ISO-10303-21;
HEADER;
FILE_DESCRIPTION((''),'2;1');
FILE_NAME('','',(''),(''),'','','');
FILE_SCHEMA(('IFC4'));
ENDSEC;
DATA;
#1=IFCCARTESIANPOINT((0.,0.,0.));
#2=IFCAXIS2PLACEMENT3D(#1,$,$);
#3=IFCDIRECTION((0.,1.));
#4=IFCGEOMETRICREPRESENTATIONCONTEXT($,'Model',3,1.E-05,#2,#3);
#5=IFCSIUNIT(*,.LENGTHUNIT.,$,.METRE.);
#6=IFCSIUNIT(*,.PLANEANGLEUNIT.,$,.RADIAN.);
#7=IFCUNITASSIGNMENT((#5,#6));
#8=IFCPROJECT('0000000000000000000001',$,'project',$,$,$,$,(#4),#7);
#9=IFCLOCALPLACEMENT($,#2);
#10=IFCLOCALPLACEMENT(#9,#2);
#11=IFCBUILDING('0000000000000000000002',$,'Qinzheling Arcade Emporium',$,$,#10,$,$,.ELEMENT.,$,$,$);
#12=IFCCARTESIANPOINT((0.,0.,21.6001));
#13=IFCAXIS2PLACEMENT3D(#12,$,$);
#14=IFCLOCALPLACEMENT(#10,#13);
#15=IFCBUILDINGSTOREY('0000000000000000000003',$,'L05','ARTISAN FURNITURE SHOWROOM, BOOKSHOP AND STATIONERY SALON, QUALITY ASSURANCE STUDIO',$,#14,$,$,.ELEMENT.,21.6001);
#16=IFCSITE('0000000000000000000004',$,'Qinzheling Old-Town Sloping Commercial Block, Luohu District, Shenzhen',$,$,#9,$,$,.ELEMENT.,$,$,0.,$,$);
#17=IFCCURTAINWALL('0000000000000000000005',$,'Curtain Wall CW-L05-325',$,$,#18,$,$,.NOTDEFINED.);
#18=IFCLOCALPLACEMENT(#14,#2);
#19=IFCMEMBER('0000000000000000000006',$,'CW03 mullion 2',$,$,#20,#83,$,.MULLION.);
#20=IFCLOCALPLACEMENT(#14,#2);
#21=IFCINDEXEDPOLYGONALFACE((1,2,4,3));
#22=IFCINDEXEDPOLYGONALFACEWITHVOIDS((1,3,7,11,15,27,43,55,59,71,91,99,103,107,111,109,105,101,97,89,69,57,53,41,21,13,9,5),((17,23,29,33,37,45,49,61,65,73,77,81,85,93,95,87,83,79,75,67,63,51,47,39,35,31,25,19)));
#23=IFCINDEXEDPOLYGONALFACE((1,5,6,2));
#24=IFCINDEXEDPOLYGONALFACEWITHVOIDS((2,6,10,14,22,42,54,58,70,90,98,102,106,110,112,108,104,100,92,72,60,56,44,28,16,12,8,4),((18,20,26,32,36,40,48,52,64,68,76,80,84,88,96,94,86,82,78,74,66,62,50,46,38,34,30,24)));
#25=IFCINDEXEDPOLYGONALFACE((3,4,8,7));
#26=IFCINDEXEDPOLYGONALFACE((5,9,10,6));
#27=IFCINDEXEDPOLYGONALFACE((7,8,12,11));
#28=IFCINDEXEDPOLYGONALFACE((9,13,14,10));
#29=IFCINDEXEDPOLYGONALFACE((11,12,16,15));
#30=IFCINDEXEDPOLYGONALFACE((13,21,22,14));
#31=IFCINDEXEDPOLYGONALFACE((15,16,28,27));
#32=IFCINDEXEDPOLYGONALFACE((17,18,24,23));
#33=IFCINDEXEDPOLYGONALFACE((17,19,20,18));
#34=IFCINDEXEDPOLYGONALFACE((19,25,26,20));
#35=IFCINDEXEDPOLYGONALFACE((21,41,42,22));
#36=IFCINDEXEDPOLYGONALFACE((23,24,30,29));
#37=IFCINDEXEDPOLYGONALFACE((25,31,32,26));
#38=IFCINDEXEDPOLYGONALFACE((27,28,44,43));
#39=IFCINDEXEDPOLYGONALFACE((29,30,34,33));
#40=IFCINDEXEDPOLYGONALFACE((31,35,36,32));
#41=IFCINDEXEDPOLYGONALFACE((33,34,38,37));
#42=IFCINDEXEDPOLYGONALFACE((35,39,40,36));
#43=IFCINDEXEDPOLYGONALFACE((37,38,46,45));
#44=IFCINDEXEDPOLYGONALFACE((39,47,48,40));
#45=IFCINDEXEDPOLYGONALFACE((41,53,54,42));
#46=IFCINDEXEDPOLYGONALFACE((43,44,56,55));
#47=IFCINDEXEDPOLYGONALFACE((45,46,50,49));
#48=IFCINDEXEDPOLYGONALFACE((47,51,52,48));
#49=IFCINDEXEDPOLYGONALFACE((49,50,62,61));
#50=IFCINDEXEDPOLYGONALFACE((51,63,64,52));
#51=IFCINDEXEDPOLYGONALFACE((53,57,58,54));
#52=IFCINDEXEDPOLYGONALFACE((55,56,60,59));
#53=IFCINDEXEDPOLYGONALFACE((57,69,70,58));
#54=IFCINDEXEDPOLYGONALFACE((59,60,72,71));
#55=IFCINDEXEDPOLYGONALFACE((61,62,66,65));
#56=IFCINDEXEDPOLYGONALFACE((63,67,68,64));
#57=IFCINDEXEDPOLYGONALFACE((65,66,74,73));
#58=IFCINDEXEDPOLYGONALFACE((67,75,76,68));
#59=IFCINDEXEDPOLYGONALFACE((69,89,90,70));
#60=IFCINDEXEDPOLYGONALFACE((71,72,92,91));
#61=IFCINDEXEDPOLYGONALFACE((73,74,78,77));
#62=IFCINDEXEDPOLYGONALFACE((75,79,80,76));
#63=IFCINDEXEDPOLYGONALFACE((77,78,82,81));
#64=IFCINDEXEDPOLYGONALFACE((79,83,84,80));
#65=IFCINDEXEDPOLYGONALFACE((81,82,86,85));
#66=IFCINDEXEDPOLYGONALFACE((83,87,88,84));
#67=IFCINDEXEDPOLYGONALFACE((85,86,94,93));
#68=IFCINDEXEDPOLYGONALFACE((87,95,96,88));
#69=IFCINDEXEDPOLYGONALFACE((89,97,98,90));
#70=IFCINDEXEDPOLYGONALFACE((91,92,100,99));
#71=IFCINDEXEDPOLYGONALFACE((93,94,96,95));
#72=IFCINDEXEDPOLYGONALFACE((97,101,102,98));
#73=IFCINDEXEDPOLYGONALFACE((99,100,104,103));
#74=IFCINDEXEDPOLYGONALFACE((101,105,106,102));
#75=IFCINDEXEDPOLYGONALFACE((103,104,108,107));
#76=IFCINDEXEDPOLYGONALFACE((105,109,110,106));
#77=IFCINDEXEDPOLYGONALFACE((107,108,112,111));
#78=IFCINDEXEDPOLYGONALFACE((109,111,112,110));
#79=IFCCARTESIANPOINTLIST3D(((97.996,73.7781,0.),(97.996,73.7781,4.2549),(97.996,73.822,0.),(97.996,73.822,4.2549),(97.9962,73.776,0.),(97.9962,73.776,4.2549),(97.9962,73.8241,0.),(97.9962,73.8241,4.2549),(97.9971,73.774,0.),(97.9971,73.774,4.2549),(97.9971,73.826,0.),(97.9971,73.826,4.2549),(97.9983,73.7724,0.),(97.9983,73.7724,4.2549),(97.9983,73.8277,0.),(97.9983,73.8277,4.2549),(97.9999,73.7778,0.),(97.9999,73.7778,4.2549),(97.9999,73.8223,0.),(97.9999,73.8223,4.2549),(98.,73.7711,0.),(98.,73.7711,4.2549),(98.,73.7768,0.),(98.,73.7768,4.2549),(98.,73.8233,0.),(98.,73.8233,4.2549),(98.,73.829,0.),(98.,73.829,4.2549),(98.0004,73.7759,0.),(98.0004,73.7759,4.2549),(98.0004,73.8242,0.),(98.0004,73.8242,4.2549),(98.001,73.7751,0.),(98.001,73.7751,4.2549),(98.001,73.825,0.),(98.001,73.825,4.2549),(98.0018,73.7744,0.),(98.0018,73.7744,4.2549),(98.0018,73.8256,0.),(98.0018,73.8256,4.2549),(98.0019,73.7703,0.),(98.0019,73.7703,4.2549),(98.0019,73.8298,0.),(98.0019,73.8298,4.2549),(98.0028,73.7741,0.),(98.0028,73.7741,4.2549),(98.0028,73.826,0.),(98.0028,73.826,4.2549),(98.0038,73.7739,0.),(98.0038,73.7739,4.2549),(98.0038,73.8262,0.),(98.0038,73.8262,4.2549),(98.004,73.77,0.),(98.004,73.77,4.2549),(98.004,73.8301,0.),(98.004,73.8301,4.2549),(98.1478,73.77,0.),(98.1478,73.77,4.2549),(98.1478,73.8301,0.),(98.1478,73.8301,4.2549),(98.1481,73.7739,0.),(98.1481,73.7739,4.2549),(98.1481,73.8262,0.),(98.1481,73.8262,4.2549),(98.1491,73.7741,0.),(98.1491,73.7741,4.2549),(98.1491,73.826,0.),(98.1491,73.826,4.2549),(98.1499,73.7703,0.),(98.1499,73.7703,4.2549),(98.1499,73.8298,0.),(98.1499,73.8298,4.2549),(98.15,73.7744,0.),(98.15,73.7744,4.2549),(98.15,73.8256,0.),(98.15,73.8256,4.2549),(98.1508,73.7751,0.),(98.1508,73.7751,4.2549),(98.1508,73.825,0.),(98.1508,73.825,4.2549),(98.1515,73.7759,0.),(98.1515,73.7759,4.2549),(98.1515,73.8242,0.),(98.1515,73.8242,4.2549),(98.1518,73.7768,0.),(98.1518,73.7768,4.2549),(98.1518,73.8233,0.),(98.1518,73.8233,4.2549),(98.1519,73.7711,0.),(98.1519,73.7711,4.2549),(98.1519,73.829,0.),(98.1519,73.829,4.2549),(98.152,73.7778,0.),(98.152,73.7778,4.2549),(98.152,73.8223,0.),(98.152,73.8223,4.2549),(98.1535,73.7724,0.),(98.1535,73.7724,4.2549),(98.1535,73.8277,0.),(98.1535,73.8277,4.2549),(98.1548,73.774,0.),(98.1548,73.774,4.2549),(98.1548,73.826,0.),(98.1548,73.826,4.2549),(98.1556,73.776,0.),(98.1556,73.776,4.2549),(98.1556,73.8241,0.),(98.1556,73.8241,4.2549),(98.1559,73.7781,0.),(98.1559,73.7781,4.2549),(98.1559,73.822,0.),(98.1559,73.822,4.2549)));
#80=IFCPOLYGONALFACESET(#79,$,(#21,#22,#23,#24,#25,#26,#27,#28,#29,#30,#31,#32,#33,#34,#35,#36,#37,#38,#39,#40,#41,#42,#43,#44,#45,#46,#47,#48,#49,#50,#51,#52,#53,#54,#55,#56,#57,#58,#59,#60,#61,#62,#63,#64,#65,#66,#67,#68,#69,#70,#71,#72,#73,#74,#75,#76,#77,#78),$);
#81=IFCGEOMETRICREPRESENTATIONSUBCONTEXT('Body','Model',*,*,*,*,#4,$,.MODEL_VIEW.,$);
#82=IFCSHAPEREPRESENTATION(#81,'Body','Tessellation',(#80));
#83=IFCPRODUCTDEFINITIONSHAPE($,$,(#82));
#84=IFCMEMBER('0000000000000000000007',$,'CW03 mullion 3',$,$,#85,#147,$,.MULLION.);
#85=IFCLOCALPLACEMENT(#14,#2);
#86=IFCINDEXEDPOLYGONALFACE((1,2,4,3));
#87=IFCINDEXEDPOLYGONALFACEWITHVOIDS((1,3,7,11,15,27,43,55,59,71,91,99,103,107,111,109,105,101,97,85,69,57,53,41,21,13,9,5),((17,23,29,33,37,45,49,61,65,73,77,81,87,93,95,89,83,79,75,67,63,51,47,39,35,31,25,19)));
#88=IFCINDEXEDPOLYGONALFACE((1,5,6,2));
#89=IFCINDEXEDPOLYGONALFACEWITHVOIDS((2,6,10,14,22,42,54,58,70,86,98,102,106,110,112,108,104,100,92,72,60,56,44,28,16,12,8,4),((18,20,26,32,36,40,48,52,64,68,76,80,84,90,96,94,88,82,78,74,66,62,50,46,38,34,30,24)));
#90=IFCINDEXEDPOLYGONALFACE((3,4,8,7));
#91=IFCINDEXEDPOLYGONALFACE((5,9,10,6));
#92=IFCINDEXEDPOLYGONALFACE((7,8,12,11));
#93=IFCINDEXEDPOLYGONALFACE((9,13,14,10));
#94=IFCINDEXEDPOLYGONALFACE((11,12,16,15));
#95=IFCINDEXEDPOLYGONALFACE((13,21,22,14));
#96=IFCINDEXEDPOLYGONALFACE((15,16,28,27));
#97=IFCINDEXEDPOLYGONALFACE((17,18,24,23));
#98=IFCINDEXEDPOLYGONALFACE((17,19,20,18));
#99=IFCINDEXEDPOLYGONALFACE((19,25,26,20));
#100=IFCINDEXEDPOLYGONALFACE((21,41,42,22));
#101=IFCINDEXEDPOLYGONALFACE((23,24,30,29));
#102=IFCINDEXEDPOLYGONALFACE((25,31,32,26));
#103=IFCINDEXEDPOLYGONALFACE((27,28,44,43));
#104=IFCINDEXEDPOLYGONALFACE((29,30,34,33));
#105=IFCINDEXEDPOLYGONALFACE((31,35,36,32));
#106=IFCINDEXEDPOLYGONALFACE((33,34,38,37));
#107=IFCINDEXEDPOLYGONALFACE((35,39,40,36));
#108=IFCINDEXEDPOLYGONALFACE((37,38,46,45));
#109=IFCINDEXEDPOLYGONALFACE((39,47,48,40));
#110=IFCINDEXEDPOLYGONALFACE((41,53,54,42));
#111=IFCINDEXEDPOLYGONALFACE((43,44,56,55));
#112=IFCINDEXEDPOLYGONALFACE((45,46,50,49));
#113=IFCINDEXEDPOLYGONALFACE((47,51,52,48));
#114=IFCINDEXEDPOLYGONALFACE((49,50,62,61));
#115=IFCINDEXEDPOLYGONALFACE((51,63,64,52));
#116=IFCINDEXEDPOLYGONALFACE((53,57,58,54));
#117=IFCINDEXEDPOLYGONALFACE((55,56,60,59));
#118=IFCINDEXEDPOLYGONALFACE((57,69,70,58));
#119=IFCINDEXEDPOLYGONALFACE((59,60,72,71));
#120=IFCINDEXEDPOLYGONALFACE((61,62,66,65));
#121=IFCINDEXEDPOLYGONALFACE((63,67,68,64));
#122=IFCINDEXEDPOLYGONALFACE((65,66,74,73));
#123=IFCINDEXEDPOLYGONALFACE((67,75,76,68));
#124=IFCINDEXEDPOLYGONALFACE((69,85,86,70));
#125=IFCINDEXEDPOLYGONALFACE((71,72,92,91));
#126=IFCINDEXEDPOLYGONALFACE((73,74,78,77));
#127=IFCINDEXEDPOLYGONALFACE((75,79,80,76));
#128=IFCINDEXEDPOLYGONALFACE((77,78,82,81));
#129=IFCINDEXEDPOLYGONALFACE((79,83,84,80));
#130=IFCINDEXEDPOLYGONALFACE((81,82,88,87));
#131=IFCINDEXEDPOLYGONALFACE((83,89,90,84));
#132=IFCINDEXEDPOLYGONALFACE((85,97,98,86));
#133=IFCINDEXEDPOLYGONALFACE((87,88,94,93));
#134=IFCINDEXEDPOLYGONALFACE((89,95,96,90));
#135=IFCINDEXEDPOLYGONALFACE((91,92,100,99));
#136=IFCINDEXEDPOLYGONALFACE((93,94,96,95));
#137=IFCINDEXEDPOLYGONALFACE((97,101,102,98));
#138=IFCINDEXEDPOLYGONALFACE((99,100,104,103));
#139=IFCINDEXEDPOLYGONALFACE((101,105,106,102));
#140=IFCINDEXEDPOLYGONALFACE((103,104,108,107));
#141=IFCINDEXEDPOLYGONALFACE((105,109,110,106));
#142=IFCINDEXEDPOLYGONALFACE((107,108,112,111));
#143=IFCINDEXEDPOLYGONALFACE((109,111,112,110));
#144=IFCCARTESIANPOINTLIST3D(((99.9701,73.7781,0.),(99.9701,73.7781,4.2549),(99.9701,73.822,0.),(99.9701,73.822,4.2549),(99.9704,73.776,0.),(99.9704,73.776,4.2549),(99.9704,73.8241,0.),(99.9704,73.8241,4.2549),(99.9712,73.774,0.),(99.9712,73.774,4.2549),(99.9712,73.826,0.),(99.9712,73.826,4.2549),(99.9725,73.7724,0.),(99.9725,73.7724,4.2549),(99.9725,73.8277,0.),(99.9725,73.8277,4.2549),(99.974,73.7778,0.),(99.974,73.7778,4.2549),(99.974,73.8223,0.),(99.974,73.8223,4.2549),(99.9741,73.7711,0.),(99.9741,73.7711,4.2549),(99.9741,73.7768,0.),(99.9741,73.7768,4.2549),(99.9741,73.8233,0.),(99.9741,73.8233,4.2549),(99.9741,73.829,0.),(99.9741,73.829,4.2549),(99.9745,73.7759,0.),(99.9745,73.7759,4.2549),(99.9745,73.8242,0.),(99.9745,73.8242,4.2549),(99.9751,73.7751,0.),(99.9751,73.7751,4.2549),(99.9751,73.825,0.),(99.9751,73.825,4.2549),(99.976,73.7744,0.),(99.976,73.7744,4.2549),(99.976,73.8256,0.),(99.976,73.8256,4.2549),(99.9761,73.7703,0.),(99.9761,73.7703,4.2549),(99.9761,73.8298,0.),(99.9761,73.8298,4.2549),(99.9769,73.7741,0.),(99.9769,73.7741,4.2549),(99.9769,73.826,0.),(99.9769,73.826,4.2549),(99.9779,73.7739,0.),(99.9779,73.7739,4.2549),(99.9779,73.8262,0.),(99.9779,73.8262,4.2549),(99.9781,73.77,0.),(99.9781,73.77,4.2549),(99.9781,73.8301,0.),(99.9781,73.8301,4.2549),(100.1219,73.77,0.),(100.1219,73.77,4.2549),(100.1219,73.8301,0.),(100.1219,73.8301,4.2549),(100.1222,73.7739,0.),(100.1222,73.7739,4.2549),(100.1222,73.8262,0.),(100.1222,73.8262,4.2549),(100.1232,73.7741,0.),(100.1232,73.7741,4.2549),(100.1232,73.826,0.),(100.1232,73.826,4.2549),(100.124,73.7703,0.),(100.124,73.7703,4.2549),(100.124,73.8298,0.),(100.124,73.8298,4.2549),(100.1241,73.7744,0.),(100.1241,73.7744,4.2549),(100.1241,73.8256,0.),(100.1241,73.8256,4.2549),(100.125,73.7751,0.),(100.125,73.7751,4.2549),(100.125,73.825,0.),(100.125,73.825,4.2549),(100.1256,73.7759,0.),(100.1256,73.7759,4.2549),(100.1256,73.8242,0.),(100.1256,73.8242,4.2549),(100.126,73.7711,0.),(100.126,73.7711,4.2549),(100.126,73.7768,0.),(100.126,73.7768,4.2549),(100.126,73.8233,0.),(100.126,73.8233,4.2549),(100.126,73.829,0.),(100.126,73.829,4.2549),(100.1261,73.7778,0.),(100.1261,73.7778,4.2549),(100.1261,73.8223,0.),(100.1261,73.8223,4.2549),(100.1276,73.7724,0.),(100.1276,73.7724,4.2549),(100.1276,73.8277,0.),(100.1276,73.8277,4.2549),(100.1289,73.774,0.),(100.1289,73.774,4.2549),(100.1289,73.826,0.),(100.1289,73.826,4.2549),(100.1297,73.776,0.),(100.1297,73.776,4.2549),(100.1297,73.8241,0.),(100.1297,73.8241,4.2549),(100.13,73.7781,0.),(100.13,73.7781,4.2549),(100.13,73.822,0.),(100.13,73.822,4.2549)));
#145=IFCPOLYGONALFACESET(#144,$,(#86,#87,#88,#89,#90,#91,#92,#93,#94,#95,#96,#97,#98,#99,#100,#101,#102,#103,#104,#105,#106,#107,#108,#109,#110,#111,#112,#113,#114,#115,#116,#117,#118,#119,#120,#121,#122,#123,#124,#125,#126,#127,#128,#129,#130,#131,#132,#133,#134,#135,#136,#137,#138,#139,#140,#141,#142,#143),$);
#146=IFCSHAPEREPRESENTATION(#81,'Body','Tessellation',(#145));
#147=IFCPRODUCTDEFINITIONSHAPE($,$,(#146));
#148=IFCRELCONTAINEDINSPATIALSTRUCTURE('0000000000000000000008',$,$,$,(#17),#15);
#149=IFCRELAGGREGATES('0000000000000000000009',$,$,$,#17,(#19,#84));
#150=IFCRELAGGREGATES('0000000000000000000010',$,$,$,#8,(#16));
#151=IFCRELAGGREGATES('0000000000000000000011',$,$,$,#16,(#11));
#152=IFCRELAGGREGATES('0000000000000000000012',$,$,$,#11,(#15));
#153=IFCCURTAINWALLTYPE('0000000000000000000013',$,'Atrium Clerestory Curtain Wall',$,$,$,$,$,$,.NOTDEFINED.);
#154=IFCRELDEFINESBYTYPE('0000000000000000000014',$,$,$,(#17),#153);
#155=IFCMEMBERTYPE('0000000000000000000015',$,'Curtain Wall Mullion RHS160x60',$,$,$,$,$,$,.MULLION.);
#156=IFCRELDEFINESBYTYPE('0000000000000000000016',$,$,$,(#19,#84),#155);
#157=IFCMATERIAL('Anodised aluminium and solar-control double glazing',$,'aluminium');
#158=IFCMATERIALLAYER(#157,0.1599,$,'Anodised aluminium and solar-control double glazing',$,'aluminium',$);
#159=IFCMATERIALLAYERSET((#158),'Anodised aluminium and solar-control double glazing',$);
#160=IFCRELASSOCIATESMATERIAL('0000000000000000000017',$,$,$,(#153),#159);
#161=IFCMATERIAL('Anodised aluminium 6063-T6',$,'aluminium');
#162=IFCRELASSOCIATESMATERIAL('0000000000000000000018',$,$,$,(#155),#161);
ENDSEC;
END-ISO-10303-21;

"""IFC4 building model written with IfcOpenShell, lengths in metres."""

from ifc_helpers import new_model, si_unit, direction, frame, origin, origin_2d, place, context, subcontext, project, spatial, hollow_rectangle, extrude, material, layer, layer_set, material_profile, profile_set, type_object, element, aggregate, save


model = new_model("IFC4")

# Units and contexts
model_context = context("Model", 3, precision=1e-05, world=origin(), true_north=direction((0.0, 1.0)))
body_context = subcontext(model_context, "Body", "Model", "MODEL_VIEW")
ifc_project = project(units=[si_unit("LENGTHUNIT", "METRE"), si_unit("PLANEANGLEUNIT", "RADIAN")], contexts=[model_context])

# Site, building, storey
site_placement = place(None, origin())
site = spatial("IfcSite", under=ifc_project, at=site_placement, Name="Qinzheling Old-Town Sloping Commercial Block, Luohu District, Shenzhen", CompositionType="ELEMENT", RefElevation=0.0)
building_placement = place(site_placement, origin())
building = spatial("IfcBuilding", under=site, at=building_placement, Name="Qinzheling Arcade Emporium", CompositionType="ELEMENT")
storey_placement = place(building_placement, frame((0.0, 0.0, 21.6001)))
storey = spatial("IfcBuildingStorey", under=building, at=storey_placement, Name="L05", Description="ARTISAN FURNITURE SHOWROOM, BOOKSHOP AND STATIONERY SALON, QUALITY ASSURANCE STUDIO", CompositionType="ELEMENT", Elevation=21.6001)

# Shared definitions
ifc_material_1 = material(Name="Anodised aluminium and solar-control double glazing", Category="aluminium")
ifc_layer_1 = layer(ifc_material_1, 0.1599, Name="Anodised aluminium and solar-control double glazing", Category="aluminium")
ifc_layer_set_1 = layer_set([ifc_layer_1], Name="Anodised aluminium and solar-control double glazing")
curtain_wall_type = type_object("IfcCurtainWallType", Name="Atrium Clerestory Curtain Wall", PredefinedType="NOTDEFINED", material=ifc_layer_set_1)
ifc_material_2 = material(Name="Anodised aluminium 6063-T6", Category="aluminium")
ifc_material_profile_1 = material_profile(ifc_material_2, hollow_rectangle(XDim=0.0601, YDim=0.1599, WallThickness=0.0039, InnerFilletRadius=0.0039, OuterFilletRadius=0.0081, at=origin_2d()), Name="RHS 160x60x4", Category="aluminium")
ifc_profile_set_1 = profile_set([ifc_material_profile_1], Name="Anodised aluminium 6063-T6")
member_type_1 = type_object("IfcMemberType", Name="Curtain Wall Mullion RHS160x60", PredefinedType="MULLION", material=ifc_profile_set_1)

# Curtain wall, members
curtain_wall_1_placement = place(storey_placement, origin())
curtain_wall_1 = element("IfcCurtainWall", 1, at=curtain_wall_1_placement, inside=storey, type_object=curtain_wall_type, Name="Curtain Wall CW-L05-325", PredefinedType="NOTDEFINED")
member_1_placement = place(storey_placement, frame((98.0759, 73.8, 0.0), z_axis=(0.0, 0.0, 1.0), x_axis=(0.0, 1.0, 0.0)))
member_1 = element("IfcMember", 2, at=member_1_placement, type_object=member_type_1, Name="CW03 mullion 2", PredefinedType="MULLION", context=body_context, shape_type="SweptSolid", body=[
    extrude(hollow_rectangle(XDim=0.0601, YDim=0.1599, WallThickness=0.0039, InnerFilletRadius=0.0039, OuterFilletRadius=0.0081, at=origin_2d()), origin(), (0.0, 0.0, 1.0), 4.2549),
])
member_2_placement = place(storey_placement, frame((100.05, 73.8, 0.0), z_axis=(0.0, 0.0, 1.0), x_axis=(0.0, 1.0, 0.0)))
member_2 = element("IfcMember", 3, at=member_2_placement, type_object=member_type_1, Name="CW03 mullion 3", PredefinedType="MULLION", context=body_context, shape_type="SweptSolid", body=[
    extrude(hollow_rectangle(XDim=0.0601, YDim=0.1599, WallThickness=0.0039, InnerFilletRadius=0.0039, OuterFilletRadius=0.0081, at=origin_2d()), origin(), (0.0, 0.0, 1.0), 4.2549),
])

aggregate(curtain_wall_1, [member_1, member_2])

save(model, "model.ifc")
